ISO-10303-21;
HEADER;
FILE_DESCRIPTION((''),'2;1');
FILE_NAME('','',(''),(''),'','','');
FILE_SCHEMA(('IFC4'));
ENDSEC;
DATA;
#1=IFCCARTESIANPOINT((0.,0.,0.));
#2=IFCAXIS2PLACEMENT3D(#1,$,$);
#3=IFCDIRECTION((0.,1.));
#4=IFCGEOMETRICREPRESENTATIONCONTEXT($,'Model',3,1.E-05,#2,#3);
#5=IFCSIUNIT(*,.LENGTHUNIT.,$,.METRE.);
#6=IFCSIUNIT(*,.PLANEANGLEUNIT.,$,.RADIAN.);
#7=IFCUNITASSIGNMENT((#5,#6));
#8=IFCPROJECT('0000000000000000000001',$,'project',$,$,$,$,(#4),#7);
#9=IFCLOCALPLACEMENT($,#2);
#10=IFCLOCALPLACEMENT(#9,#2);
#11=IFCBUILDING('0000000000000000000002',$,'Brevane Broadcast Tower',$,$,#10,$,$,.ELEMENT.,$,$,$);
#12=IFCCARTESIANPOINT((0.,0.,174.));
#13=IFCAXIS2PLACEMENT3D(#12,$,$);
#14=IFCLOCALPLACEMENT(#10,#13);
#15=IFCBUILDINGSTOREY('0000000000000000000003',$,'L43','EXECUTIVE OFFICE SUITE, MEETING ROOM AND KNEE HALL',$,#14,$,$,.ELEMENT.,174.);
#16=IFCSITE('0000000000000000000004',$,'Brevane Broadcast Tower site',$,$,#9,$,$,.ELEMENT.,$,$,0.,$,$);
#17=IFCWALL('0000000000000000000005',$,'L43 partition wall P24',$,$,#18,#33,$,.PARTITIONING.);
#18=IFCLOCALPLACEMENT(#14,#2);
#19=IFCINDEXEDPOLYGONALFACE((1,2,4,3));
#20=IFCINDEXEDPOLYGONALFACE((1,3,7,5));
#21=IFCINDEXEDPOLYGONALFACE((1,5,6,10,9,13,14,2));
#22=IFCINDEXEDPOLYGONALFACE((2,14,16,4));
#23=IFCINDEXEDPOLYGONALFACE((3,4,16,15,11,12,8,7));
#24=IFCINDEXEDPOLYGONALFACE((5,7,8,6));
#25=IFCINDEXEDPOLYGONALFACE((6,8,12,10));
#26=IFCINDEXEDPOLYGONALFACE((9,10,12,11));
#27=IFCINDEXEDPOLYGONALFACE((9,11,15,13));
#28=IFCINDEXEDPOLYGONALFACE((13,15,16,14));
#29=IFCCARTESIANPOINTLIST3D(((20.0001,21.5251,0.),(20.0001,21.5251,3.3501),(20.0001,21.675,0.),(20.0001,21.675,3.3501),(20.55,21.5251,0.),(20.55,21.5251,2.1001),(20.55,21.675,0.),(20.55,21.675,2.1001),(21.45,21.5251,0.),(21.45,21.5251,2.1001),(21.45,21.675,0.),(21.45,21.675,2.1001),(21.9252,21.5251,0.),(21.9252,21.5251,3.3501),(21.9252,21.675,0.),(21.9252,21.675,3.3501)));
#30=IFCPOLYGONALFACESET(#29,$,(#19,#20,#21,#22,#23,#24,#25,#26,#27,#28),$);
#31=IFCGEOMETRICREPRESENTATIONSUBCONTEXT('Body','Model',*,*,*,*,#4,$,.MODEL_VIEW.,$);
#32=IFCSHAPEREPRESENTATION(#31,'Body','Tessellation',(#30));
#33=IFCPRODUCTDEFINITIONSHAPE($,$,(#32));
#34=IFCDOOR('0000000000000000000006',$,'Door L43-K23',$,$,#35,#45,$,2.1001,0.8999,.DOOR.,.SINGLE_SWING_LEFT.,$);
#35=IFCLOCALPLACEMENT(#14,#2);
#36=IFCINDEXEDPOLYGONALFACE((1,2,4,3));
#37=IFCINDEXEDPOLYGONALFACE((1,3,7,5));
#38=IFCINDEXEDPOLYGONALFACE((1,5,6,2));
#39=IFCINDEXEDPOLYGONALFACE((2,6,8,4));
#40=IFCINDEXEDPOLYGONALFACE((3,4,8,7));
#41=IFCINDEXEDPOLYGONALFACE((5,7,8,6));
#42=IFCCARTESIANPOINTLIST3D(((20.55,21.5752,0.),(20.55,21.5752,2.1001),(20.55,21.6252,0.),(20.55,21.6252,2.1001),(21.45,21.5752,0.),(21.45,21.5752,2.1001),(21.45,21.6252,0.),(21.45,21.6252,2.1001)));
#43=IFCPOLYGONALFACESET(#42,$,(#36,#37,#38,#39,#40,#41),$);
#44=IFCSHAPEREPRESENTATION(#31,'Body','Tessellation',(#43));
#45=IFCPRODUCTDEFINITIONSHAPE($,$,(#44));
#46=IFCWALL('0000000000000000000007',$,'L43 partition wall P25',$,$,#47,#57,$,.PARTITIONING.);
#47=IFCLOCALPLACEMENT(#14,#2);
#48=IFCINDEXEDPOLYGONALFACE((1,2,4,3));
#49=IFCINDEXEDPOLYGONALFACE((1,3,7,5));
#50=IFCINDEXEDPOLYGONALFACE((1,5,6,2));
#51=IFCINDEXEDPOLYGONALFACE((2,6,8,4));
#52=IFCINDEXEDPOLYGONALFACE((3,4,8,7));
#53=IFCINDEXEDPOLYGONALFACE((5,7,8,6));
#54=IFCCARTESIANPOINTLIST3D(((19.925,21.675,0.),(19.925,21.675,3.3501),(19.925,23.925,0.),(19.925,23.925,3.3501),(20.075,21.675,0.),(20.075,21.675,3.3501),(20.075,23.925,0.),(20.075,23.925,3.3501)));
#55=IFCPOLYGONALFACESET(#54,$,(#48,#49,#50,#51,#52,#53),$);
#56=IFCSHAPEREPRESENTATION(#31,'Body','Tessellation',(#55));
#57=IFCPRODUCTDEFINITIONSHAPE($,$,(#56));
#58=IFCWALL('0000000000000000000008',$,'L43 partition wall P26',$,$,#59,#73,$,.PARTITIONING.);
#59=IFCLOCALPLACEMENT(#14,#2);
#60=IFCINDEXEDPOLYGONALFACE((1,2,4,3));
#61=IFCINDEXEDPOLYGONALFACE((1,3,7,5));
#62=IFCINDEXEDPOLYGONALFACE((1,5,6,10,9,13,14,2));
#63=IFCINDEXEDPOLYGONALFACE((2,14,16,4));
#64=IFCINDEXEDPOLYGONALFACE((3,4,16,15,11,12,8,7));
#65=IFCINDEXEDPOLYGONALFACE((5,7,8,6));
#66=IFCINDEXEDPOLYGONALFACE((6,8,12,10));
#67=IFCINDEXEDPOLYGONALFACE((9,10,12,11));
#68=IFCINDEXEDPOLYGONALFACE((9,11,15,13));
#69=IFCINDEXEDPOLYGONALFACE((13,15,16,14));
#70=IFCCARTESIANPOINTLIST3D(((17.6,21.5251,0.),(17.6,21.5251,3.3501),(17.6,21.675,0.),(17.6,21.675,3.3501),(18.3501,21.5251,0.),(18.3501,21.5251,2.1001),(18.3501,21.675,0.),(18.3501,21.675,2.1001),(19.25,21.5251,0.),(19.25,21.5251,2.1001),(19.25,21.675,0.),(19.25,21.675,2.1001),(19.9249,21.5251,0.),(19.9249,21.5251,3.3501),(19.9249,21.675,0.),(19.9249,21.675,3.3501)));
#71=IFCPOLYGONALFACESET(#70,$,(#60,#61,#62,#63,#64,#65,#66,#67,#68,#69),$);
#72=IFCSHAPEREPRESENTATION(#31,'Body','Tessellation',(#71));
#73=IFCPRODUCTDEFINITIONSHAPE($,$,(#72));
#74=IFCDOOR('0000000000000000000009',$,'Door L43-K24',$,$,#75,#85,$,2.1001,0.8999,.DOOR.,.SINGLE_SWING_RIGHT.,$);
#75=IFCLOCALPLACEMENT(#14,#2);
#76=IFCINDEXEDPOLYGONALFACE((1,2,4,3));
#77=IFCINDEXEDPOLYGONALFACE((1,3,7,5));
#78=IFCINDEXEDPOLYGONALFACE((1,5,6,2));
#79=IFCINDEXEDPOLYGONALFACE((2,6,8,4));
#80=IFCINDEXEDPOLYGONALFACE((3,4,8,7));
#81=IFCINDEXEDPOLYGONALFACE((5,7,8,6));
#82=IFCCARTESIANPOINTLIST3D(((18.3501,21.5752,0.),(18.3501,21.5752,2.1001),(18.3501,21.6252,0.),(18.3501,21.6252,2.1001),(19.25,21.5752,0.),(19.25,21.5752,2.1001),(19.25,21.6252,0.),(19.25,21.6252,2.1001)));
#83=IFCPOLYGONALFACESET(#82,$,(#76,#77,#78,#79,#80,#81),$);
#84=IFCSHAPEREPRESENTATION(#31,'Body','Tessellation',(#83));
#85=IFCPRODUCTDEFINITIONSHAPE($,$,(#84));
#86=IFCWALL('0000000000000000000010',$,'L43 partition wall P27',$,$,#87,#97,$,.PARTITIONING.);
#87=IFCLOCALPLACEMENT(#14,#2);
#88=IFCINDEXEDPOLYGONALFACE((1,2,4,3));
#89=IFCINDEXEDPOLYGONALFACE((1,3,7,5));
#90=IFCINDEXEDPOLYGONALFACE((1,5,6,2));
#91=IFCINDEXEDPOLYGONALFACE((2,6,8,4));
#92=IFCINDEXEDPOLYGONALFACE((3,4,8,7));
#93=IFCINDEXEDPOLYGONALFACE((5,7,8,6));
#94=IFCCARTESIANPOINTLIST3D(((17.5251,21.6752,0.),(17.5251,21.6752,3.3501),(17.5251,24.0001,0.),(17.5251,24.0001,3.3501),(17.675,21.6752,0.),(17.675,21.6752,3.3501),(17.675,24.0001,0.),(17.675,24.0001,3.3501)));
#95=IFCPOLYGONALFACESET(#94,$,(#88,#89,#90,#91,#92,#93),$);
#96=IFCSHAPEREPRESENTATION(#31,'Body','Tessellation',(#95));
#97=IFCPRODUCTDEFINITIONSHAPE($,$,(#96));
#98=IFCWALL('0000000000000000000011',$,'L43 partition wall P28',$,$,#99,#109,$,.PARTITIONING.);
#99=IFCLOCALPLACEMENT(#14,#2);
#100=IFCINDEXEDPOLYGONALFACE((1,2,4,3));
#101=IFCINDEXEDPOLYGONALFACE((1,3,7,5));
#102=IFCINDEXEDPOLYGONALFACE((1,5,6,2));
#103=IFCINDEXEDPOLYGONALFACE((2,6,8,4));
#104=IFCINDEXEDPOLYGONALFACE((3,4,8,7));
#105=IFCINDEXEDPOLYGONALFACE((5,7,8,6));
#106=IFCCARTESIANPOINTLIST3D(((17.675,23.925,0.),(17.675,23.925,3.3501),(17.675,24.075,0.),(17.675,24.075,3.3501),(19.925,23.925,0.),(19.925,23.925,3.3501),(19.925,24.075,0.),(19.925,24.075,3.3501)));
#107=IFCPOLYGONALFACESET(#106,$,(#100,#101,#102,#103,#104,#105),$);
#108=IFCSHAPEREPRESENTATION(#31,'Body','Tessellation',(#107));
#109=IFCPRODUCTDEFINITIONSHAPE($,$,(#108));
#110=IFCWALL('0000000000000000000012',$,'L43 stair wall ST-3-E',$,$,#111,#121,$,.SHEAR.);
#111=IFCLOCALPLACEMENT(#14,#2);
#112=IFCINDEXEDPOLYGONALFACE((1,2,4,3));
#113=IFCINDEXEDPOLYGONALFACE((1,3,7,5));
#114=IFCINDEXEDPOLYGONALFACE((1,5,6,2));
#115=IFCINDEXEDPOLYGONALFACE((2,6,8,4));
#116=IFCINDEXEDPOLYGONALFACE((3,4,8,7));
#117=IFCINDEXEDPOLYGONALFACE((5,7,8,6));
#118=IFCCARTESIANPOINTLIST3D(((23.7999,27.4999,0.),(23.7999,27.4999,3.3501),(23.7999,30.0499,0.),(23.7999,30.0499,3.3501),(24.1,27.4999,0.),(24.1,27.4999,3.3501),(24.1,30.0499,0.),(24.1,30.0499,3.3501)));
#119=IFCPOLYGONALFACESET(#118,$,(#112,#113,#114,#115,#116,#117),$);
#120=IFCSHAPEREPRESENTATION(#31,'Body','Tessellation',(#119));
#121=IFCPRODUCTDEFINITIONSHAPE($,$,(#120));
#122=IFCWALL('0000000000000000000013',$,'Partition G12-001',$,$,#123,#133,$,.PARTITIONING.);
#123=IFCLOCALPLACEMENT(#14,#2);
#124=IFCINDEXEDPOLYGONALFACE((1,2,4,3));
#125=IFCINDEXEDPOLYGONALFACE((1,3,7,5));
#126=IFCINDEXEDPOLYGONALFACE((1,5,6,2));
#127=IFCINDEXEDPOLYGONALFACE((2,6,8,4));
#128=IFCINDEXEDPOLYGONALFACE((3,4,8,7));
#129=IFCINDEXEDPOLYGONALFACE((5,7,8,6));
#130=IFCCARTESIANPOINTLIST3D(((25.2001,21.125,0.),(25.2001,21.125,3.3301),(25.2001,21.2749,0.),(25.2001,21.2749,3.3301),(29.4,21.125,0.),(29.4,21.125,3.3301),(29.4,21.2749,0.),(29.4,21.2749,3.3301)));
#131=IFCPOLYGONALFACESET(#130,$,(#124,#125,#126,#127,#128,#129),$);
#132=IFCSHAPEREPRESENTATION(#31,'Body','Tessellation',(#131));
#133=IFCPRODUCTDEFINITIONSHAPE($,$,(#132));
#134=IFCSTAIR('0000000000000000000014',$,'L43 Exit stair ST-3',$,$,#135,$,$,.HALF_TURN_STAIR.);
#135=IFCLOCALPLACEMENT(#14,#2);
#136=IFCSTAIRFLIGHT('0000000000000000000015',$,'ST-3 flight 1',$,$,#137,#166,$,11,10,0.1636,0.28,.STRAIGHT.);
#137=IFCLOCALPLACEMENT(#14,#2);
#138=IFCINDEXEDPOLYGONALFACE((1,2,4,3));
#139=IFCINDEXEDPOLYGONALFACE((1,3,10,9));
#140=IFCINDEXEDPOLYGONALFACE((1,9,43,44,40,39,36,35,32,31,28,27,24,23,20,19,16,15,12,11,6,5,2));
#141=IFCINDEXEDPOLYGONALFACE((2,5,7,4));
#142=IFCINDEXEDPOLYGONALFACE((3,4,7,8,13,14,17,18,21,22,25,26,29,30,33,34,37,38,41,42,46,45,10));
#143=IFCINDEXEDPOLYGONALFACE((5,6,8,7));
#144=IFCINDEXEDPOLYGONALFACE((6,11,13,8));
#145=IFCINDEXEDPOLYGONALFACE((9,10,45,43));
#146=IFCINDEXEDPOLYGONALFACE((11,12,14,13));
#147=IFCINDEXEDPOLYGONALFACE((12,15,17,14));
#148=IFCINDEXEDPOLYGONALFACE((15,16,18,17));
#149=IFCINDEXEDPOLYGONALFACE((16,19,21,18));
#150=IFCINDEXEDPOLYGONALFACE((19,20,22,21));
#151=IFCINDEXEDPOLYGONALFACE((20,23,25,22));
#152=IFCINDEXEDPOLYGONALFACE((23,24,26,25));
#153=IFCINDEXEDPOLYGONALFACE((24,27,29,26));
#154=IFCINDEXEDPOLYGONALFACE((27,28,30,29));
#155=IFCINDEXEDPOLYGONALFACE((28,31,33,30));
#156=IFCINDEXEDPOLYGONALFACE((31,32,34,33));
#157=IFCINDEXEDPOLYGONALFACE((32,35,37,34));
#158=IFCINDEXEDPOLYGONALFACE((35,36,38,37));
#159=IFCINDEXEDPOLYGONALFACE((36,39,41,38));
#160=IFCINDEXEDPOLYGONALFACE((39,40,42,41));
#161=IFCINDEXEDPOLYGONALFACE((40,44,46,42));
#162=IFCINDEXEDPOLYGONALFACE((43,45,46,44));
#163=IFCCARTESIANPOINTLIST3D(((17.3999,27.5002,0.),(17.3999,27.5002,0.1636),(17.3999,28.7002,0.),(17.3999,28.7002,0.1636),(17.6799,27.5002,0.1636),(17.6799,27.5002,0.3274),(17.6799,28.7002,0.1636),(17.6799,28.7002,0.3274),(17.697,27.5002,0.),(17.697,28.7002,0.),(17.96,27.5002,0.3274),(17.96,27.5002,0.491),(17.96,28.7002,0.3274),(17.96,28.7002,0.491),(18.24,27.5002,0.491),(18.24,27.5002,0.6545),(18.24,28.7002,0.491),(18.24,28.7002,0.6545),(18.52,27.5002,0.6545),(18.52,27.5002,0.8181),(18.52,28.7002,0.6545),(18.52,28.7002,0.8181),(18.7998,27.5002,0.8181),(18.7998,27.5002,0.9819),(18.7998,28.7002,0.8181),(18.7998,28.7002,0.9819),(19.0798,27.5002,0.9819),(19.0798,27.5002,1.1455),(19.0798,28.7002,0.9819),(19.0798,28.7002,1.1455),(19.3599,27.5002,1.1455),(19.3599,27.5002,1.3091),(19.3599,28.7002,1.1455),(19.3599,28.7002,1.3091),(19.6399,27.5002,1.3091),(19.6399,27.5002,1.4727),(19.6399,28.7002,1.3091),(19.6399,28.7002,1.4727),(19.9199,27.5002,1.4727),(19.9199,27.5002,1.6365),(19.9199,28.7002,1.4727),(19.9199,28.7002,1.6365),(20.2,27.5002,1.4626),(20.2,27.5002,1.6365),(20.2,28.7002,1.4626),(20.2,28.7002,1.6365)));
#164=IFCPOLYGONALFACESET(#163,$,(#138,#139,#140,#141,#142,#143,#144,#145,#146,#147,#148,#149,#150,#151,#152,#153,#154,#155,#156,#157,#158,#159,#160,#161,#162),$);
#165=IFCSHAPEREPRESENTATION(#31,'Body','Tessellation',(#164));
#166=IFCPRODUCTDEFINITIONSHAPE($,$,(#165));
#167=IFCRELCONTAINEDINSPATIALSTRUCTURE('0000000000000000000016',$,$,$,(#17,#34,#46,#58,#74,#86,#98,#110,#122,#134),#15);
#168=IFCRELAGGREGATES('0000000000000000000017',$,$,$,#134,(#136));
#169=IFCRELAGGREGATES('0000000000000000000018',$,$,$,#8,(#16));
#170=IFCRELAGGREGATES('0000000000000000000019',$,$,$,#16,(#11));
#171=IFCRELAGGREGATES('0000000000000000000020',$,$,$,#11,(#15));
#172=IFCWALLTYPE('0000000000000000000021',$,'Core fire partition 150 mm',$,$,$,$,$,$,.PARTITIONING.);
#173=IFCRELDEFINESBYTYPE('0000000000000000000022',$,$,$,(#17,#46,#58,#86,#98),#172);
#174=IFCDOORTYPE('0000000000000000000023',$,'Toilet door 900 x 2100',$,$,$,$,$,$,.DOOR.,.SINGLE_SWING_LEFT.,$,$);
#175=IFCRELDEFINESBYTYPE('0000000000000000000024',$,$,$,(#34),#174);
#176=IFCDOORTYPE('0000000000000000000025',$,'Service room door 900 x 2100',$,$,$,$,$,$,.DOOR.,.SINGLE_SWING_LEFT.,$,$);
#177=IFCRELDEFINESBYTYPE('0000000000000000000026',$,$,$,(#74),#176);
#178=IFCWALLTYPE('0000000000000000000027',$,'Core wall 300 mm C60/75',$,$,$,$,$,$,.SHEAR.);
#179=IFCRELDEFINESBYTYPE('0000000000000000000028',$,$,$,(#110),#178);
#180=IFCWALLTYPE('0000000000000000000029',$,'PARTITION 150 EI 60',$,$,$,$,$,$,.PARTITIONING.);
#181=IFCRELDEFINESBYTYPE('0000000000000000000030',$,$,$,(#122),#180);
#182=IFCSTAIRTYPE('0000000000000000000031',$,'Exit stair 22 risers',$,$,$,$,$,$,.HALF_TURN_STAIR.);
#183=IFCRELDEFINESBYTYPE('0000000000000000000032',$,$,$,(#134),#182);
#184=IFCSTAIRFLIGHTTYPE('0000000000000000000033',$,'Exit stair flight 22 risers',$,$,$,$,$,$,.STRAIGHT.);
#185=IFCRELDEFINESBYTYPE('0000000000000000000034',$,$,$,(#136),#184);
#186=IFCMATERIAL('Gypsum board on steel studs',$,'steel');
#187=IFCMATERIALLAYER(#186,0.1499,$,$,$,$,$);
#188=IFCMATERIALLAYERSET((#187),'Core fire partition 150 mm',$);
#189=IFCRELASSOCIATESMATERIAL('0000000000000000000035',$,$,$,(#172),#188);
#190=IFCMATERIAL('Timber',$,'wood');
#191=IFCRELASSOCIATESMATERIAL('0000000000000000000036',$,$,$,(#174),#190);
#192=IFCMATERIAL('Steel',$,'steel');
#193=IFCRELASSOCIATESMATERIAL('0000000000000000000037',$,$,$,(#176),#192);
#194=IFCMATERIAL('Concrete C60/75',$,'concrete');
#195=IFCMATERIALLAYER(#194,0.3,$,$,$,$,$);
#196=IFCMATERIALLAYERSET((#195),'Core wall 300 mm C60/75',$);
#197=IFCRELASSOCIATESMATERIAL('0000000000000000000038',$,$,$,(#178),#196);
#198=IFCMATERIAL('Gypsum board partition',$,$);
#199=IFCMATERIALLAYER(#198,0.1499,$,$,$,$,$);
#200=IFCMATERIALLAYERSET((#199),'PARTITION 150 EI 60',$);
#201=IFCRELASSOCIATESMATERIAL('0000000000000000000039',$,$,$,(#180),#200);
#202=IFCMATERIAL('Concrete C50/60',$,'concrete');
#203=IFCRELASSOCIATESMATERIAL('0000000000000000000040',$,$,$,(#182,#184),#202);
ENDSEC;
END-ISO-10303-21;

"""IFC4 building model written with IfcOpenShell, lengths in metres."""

from ifc_helpers import new_model, si_unit, direction, frame, frame_2d, origin, place, context, subcontext, project, spatial, polyline, rectangle, outline, extrude, material, layer, layer_set, type_object, element, fill, aggregate, save


model = new_model("IFC4")

# Units and contexts
model_context = context("Model", 3, precision=1e-05, world=origin(), true_north=direction((0.0, 1.0)))
body_context = subcontext(model_context, "Body", "Model", "MODEL_VIEW")
ifc_project = project(units=[si_unit("LENGTHUNIT", "METRE"), si_unit("PLANEANGLEUNIT", "RADIAN")], contexts=[model_context])

# Site, building, storey
site_placement = place(None, origin())
site = spatial("IfcSite", under=ifc_project, at=site_placement, Name="Brevane Broadcast Tower site", CompositionType="ELEMENT", RefElevation=0.0)
building_placement = place(site_placement, origin())
building = spatial("IfcBuilding", under=site, at=building_placement, Name="Brevane Broadcast Tower", CompositionType="ELEMENT")
storey_placement = place(building_placement, frame((0.0, 0.0, 174.0)))
storey = spatial("IfcBuildingStorey", under=building, at=storey_placement, Name="L43", Description="EXECUTIVE OFFICE SUITE, MEETING ROOM AND KNEE HALL", CompositionType="ELEMENT", Elevation=174.0)

# Shared definitions
ifc_material_1 = material(Name="Concrete C60/75", Category="concrete")

# Shared definitions
ifc_material_2 = material(Name="Gypsum board on steel studs", Category="steel")
ifc_layer_1 = layer(ifc_material_2, 0.1499)
ifc_layer_set_1 = layer_set([ifc_layer_1], Name="Core fire partition 150 mm")
wall_type_1 = type_object("IfcWallType", Name="Core fire partition 150 mm", PredefinedType="PARTITIONING", material=ifc_layer_set_1)

# Wall, opening, door
wall_1_placement = place(storey_placement, frame((21.925, 21.6001, 0.0), z_axis=(0.0, 0.0, 1.0), x_axis=(-1.0, 0.0, 0.0)))
wall_1 = element("IfcWall", 1, at=wall_1_placement, inside=storey, type_object=wall_type_1, Name="L43 partition wall P24", PredefinedType="PARTITIONING", context=body_context, shape_type="SweptSolid", body=[
    extrude(rectangle(XDim=1.925, YDim=0.1499, at=frame_2d((0.9624, 0.0))), origin(), (0.0, 0.0, 1.0), 3.3501),
])
opening_1_placement = place(wall_1_placement, frame((0.4751, 0.0, 0.0)))
opening_1 = element("IfcOpeningElement", 2, at=opening_1_placement, cuts=wall_1, PredefinedType="OPENING", context=body_context, shape_type="SweptSolid", body=[
    extrude(rectangle(XDim=0.8999, YDim=2.1001, at=frame_2d((0.45, 1.05))), frame((0.0, 0.085, 0.0), z_axis=(0.0, -1.0, 0.0), x_axis=(1.0, 0.0, 0.0)), (0.0, 0.0, 1.0), 0.1699),
])
ifc_material_3 = material(Name="Timber", Category="wood")
door_type_1 = type_object("IfcDoorType", Name="Toilet door 900 x 2100", OperationType="SINGLE_SWING_LEFT", PredefinedType="DOOR", material=ifc_material_3)
door_1_placement = place(opening_1_placement, origin())
door_1 = element("IfcDoor", 3, at=door_1_placement, inside=storey, type_object=door_type_1, Name="Door L43-K23", OperationType="SINGLE_SWING_LEFT", OverallHeight=2.1001, OverallWidth=0.8999, PredefinedType="DOOR", context=body_context, shape_type="SweptSolid", body=[
    extrude(rectangle(XDim=0.8999, YDim=2.1001, at=frame_2d((0.45, 1.05))), frame((0.0, 0.0249, 0.0), z_axis=(0.0, -1.0, 0.0), x_axis=(1.0, 0.0, 0.0)), (0.0, 0.0, 1.0), 0.05),
])
fill(opening_1, door_1)

# Wall
wall_2_placement = place(storey_placement, frame((20.0, 21.675, 0.0), z_axis=(0.0, 0.0, 1.0), x_axis=(0.0, 1.0, 0.0)))
element("IfcWall", 4, at=wall_2_placement, inside=storey, type_object=wall_type_1, Name="L43 partition wall P25", PredefinedType="PARTITIONING", context=body_context, shape_type="SweptSolid", body=[
    extrude(rectangle(XDim=2.25, YDim=0.1499, at=frame_2d((1.125, 0.0))), origin(), (0.0, 0.0, 1.0), 3.3501),
])

# Wall, opening, door
wall_3_placement = place(storey_placement, frame((19.925, 21.6001, 0.0), z_axis=(0.0, 0.0, 1.0), x_axis=(-1.0, 0.0, 0.0)))
wall_3 = element("IfcWall", 5, at=wall_3_placement, inside=storey, type_object=wall_type_1, Name="L43 partition wall P26", PredefinedType="PARTITIONING", context=body_context, shape_type="SweptSolid", body=[
    extrude(rectangle(XDim=2.325, YDim=0.1499, at=frame_2d((1.1626, 0.0))), origin(), (0.0, 0.0, 1.0), 3.3501),
])
opening_2_placement = place(wall_3_placement, frame((0.675, 0.0, 0.0)))
opening_2 = element("IfcOpeningElement", 6, at=opening_2_placement, cuts=wall_3, PredefinedType="OPENING", context=body_context, shape_type="SweptSolid", body=[
    extrude(rectangle(XDim=0.8999, YDim=2.1001, at=frame_2d((0.45, 1.05))), frame((0.0, 0.085, 0.0), z_axis=(0.0, -1.0, 0.0), x_axis=(1.0, 0.0, 0.0)), (0.0, 0.0, 1.0), 0.1699),
])
ifc_material_4 = material(Name="Steel", Category="steel")
door_type_2 = type_object("IfcDoorType", Name="Service room door 900 x 2100", OperationType="SINGLE_SWING_LEFT", PredefinedType="DOOR", material=ifc_material_4)
door_2_placement = place(opening_2_placement, origin())
door_2 = element("IfcDoor", 7, at=door_2_placement, inside=storey, type_object=door_type_2, Name="Door L43-K24", OperationType="SINGLE_SWING_RIGHT", OverallHeight=2.1001, OverallWidth=0.8999, PredefinedType="DOOR", context=body_context, shape_type="SweptSolid", body=[
    extrude(rectangle(XDim=0.8999, YDim=2.1001, at=frame_2d((0.45, 1.05))), frame((0.0, 0.0249, 0.0), z_axis=(0.0, -1.0, 0.0), x_axis=(1.0, 0.0, 0.0)), (0.0, 0.0, 1.0), 0.05),
])
fill(opening_2, door_2)

# Walls
wall_4_placement = place(storey_placement, frame((17.6001, 21.675, 0.0), z_axis=(0.0, 0.0, 1.0), x_axis=(0.0, 1.0, 0.0)))
element("IfcWall", 8, at=wall_4_placement, inside=storey, type_object=wall_type_1, Name="L43 partition wall P27", PredefinedType="PARTITIONING", context=body_context, shape_type="SweptSolid", body=[
    extrude(rectangle(XDim=2.325, YDim=0.1499, at=frame_2d((1.1626, 0.0))), origin(), (0.0, 0.0, 1.0), 3.3501),
])
wall_5_placement = place(storey_placement, frame((17.675, 24.0, 0.0), z_axis=(0.0, 0.0, 1.0), x_axis=(1.0, 0.0, 0.0)))
element("IfcWall", 9, at=wall_5_placement, inside=storey, type_object=wall_type_1, Name="L43 partition wall P28", PredefinedType="PARTITIONING", context=body_context, shape_type="SweptSolid", body=[
    extrude(rectangle(XDim=2.25, YDim=0.1499, at=frame_2d((1.125, 0.0))), origin(), (0.0, 0.0, 1.0), 3.3501),
])
ifc_layer_2 = layer(ifc_material_1, 0.3)
ifc_layer_set_2 = layer_set([ifc_layer_2], Name="Core wall 300 mm C60/75")
wall_type_2 = type_object("IfcWallType", Name="Core wall 300 mm C60/75", PredefinedType="SHEAR", material=ifc_layer_set_2)
wall_6_placement = place(storey_placement, frame((23.95, 27.5, 0.0), z_axis=(0.0, 0.0, 1.0), x_axis=(0.0, 1.0, 0.0)))
element("IfcWall", 10, at=wall_6_placement, inside=storey, type_object=wall_type_2, Name="L43 stair wall ST-3-E", PredefinedType="SHEAR", context=body_context, shape_type="SweptSolid", body=[
    extrude(rectangle(XDim=2.55, YDim=0.3, at=frame_2d((1.2749, 0.0))), origin(), (0.0, 0.0, 1.0), 3.3501),
])
ifc_material_5 = material(Name="Gypsum board partition")
ifc_layer_3 = layer(ifc_material_5, 0.1499)
ifc_layer_set_3 = layer_set([ifc_layer_3], Name="PARTITION 150 EI 60")
wall_type_3 = type_object("IfcWallType", Name="PARTITION 150 EI 60", PredefinedType="PARTITIONING", material=ifc_layer_set_3)
wall_7_placement = place(storey_placement, frame((25.2, 21.2, 0.0), z_axis=(0.0, 0.0, 1.0), x_axis=(1.0, 0.0, 0.0)))
element("IfcWall", 11, at=wall_7_placement, inside=storey, type_object=wall_type_3, Name="Partition G12-001", PredefinedType="PARTITIONING", context=body_context, shape_type="SweptSolid", body=[
    extrude(rectangle(XDim=4.2, YDim=0.1499, at=frame_2d((2.1001, 0.0))), origin(), (0.0, 0.0, 1.0), 3.3301),
])

# Stair, stair flight
ifc_material_6 = material(Name="Concrete C50/60", Category="concrete")
stair_type = type_object("IfcStairType", Name="Exit stair 22 risers", PredefinedType="HALF_TURN_STAIR", material=ifc_material_6)
stair_placement = place(storey_placement, origin())
stair = element("IfcStair", 12, at=stair_placement, inside=storey, type_object=stair_type, Name="L43 Exit stair ST-3", PredefinedType="HALF_TURN_STAIR")
stair_flight_type = type_object("IfcStairFlightType", Name="Exit stair flight 22 risers", PredefinedType="STRAIGHT", material=ifc_material_6)
stair_flight_placement = place(storey_placement, frame((17.3999, 28.1001, 0.0), z_axis=(0.0, 0.0, 1.0), x_axis=(1.0, 0.0, 0.0)))
stair_flight = element("IfcStairFlight", 13, at=stair_flight_placement, type_object=stair_flight_type, Name="ST-3 flight 1", NumberOfRisers=11, NumberOfTreads=10, PredefinedType="STRAIGHT", RiserHeight=0.1636, TreadLength=0.28, context=body_context, shape_type="SweptSolid", body=[
    extrude(outline(polyline([(0.0, 0.0), (0.0, 0.1636), (0.28, 0.1636), (0.28, 0.3274), (0.5601, 0.3274), (0.5601, 0.491), (0.8401, 0.491), (0.8401, 0.6545), (1.1201, 0.6545), (1.1201, 0.8181), (1.3999, 0.8181), (1.3999, 0.9819), (1.6799, 0.9819), (1.6799, 1.1455), (1.96, 1.1455), (1.96, 1.3091), (2.24, 1.3091), (2.24, 1.4727), (2.52, 1.4727), (2.52, 1.6365), (2.8, 1.6365), (2.8, 1.8), (2.8, 1.4626), (0.2971, 0.0), (0.0, 0.0)])), frame((0.0, 0.6001, 0.0), z_axis=(0.0, -1.0, 0.0), x_axis=(1.0, 0.0, 0.0)), (0.0, 0.0, 1.0), 1.2),
])
aggregate(stair, [stair_flight])

save(model, "model.ifc")
